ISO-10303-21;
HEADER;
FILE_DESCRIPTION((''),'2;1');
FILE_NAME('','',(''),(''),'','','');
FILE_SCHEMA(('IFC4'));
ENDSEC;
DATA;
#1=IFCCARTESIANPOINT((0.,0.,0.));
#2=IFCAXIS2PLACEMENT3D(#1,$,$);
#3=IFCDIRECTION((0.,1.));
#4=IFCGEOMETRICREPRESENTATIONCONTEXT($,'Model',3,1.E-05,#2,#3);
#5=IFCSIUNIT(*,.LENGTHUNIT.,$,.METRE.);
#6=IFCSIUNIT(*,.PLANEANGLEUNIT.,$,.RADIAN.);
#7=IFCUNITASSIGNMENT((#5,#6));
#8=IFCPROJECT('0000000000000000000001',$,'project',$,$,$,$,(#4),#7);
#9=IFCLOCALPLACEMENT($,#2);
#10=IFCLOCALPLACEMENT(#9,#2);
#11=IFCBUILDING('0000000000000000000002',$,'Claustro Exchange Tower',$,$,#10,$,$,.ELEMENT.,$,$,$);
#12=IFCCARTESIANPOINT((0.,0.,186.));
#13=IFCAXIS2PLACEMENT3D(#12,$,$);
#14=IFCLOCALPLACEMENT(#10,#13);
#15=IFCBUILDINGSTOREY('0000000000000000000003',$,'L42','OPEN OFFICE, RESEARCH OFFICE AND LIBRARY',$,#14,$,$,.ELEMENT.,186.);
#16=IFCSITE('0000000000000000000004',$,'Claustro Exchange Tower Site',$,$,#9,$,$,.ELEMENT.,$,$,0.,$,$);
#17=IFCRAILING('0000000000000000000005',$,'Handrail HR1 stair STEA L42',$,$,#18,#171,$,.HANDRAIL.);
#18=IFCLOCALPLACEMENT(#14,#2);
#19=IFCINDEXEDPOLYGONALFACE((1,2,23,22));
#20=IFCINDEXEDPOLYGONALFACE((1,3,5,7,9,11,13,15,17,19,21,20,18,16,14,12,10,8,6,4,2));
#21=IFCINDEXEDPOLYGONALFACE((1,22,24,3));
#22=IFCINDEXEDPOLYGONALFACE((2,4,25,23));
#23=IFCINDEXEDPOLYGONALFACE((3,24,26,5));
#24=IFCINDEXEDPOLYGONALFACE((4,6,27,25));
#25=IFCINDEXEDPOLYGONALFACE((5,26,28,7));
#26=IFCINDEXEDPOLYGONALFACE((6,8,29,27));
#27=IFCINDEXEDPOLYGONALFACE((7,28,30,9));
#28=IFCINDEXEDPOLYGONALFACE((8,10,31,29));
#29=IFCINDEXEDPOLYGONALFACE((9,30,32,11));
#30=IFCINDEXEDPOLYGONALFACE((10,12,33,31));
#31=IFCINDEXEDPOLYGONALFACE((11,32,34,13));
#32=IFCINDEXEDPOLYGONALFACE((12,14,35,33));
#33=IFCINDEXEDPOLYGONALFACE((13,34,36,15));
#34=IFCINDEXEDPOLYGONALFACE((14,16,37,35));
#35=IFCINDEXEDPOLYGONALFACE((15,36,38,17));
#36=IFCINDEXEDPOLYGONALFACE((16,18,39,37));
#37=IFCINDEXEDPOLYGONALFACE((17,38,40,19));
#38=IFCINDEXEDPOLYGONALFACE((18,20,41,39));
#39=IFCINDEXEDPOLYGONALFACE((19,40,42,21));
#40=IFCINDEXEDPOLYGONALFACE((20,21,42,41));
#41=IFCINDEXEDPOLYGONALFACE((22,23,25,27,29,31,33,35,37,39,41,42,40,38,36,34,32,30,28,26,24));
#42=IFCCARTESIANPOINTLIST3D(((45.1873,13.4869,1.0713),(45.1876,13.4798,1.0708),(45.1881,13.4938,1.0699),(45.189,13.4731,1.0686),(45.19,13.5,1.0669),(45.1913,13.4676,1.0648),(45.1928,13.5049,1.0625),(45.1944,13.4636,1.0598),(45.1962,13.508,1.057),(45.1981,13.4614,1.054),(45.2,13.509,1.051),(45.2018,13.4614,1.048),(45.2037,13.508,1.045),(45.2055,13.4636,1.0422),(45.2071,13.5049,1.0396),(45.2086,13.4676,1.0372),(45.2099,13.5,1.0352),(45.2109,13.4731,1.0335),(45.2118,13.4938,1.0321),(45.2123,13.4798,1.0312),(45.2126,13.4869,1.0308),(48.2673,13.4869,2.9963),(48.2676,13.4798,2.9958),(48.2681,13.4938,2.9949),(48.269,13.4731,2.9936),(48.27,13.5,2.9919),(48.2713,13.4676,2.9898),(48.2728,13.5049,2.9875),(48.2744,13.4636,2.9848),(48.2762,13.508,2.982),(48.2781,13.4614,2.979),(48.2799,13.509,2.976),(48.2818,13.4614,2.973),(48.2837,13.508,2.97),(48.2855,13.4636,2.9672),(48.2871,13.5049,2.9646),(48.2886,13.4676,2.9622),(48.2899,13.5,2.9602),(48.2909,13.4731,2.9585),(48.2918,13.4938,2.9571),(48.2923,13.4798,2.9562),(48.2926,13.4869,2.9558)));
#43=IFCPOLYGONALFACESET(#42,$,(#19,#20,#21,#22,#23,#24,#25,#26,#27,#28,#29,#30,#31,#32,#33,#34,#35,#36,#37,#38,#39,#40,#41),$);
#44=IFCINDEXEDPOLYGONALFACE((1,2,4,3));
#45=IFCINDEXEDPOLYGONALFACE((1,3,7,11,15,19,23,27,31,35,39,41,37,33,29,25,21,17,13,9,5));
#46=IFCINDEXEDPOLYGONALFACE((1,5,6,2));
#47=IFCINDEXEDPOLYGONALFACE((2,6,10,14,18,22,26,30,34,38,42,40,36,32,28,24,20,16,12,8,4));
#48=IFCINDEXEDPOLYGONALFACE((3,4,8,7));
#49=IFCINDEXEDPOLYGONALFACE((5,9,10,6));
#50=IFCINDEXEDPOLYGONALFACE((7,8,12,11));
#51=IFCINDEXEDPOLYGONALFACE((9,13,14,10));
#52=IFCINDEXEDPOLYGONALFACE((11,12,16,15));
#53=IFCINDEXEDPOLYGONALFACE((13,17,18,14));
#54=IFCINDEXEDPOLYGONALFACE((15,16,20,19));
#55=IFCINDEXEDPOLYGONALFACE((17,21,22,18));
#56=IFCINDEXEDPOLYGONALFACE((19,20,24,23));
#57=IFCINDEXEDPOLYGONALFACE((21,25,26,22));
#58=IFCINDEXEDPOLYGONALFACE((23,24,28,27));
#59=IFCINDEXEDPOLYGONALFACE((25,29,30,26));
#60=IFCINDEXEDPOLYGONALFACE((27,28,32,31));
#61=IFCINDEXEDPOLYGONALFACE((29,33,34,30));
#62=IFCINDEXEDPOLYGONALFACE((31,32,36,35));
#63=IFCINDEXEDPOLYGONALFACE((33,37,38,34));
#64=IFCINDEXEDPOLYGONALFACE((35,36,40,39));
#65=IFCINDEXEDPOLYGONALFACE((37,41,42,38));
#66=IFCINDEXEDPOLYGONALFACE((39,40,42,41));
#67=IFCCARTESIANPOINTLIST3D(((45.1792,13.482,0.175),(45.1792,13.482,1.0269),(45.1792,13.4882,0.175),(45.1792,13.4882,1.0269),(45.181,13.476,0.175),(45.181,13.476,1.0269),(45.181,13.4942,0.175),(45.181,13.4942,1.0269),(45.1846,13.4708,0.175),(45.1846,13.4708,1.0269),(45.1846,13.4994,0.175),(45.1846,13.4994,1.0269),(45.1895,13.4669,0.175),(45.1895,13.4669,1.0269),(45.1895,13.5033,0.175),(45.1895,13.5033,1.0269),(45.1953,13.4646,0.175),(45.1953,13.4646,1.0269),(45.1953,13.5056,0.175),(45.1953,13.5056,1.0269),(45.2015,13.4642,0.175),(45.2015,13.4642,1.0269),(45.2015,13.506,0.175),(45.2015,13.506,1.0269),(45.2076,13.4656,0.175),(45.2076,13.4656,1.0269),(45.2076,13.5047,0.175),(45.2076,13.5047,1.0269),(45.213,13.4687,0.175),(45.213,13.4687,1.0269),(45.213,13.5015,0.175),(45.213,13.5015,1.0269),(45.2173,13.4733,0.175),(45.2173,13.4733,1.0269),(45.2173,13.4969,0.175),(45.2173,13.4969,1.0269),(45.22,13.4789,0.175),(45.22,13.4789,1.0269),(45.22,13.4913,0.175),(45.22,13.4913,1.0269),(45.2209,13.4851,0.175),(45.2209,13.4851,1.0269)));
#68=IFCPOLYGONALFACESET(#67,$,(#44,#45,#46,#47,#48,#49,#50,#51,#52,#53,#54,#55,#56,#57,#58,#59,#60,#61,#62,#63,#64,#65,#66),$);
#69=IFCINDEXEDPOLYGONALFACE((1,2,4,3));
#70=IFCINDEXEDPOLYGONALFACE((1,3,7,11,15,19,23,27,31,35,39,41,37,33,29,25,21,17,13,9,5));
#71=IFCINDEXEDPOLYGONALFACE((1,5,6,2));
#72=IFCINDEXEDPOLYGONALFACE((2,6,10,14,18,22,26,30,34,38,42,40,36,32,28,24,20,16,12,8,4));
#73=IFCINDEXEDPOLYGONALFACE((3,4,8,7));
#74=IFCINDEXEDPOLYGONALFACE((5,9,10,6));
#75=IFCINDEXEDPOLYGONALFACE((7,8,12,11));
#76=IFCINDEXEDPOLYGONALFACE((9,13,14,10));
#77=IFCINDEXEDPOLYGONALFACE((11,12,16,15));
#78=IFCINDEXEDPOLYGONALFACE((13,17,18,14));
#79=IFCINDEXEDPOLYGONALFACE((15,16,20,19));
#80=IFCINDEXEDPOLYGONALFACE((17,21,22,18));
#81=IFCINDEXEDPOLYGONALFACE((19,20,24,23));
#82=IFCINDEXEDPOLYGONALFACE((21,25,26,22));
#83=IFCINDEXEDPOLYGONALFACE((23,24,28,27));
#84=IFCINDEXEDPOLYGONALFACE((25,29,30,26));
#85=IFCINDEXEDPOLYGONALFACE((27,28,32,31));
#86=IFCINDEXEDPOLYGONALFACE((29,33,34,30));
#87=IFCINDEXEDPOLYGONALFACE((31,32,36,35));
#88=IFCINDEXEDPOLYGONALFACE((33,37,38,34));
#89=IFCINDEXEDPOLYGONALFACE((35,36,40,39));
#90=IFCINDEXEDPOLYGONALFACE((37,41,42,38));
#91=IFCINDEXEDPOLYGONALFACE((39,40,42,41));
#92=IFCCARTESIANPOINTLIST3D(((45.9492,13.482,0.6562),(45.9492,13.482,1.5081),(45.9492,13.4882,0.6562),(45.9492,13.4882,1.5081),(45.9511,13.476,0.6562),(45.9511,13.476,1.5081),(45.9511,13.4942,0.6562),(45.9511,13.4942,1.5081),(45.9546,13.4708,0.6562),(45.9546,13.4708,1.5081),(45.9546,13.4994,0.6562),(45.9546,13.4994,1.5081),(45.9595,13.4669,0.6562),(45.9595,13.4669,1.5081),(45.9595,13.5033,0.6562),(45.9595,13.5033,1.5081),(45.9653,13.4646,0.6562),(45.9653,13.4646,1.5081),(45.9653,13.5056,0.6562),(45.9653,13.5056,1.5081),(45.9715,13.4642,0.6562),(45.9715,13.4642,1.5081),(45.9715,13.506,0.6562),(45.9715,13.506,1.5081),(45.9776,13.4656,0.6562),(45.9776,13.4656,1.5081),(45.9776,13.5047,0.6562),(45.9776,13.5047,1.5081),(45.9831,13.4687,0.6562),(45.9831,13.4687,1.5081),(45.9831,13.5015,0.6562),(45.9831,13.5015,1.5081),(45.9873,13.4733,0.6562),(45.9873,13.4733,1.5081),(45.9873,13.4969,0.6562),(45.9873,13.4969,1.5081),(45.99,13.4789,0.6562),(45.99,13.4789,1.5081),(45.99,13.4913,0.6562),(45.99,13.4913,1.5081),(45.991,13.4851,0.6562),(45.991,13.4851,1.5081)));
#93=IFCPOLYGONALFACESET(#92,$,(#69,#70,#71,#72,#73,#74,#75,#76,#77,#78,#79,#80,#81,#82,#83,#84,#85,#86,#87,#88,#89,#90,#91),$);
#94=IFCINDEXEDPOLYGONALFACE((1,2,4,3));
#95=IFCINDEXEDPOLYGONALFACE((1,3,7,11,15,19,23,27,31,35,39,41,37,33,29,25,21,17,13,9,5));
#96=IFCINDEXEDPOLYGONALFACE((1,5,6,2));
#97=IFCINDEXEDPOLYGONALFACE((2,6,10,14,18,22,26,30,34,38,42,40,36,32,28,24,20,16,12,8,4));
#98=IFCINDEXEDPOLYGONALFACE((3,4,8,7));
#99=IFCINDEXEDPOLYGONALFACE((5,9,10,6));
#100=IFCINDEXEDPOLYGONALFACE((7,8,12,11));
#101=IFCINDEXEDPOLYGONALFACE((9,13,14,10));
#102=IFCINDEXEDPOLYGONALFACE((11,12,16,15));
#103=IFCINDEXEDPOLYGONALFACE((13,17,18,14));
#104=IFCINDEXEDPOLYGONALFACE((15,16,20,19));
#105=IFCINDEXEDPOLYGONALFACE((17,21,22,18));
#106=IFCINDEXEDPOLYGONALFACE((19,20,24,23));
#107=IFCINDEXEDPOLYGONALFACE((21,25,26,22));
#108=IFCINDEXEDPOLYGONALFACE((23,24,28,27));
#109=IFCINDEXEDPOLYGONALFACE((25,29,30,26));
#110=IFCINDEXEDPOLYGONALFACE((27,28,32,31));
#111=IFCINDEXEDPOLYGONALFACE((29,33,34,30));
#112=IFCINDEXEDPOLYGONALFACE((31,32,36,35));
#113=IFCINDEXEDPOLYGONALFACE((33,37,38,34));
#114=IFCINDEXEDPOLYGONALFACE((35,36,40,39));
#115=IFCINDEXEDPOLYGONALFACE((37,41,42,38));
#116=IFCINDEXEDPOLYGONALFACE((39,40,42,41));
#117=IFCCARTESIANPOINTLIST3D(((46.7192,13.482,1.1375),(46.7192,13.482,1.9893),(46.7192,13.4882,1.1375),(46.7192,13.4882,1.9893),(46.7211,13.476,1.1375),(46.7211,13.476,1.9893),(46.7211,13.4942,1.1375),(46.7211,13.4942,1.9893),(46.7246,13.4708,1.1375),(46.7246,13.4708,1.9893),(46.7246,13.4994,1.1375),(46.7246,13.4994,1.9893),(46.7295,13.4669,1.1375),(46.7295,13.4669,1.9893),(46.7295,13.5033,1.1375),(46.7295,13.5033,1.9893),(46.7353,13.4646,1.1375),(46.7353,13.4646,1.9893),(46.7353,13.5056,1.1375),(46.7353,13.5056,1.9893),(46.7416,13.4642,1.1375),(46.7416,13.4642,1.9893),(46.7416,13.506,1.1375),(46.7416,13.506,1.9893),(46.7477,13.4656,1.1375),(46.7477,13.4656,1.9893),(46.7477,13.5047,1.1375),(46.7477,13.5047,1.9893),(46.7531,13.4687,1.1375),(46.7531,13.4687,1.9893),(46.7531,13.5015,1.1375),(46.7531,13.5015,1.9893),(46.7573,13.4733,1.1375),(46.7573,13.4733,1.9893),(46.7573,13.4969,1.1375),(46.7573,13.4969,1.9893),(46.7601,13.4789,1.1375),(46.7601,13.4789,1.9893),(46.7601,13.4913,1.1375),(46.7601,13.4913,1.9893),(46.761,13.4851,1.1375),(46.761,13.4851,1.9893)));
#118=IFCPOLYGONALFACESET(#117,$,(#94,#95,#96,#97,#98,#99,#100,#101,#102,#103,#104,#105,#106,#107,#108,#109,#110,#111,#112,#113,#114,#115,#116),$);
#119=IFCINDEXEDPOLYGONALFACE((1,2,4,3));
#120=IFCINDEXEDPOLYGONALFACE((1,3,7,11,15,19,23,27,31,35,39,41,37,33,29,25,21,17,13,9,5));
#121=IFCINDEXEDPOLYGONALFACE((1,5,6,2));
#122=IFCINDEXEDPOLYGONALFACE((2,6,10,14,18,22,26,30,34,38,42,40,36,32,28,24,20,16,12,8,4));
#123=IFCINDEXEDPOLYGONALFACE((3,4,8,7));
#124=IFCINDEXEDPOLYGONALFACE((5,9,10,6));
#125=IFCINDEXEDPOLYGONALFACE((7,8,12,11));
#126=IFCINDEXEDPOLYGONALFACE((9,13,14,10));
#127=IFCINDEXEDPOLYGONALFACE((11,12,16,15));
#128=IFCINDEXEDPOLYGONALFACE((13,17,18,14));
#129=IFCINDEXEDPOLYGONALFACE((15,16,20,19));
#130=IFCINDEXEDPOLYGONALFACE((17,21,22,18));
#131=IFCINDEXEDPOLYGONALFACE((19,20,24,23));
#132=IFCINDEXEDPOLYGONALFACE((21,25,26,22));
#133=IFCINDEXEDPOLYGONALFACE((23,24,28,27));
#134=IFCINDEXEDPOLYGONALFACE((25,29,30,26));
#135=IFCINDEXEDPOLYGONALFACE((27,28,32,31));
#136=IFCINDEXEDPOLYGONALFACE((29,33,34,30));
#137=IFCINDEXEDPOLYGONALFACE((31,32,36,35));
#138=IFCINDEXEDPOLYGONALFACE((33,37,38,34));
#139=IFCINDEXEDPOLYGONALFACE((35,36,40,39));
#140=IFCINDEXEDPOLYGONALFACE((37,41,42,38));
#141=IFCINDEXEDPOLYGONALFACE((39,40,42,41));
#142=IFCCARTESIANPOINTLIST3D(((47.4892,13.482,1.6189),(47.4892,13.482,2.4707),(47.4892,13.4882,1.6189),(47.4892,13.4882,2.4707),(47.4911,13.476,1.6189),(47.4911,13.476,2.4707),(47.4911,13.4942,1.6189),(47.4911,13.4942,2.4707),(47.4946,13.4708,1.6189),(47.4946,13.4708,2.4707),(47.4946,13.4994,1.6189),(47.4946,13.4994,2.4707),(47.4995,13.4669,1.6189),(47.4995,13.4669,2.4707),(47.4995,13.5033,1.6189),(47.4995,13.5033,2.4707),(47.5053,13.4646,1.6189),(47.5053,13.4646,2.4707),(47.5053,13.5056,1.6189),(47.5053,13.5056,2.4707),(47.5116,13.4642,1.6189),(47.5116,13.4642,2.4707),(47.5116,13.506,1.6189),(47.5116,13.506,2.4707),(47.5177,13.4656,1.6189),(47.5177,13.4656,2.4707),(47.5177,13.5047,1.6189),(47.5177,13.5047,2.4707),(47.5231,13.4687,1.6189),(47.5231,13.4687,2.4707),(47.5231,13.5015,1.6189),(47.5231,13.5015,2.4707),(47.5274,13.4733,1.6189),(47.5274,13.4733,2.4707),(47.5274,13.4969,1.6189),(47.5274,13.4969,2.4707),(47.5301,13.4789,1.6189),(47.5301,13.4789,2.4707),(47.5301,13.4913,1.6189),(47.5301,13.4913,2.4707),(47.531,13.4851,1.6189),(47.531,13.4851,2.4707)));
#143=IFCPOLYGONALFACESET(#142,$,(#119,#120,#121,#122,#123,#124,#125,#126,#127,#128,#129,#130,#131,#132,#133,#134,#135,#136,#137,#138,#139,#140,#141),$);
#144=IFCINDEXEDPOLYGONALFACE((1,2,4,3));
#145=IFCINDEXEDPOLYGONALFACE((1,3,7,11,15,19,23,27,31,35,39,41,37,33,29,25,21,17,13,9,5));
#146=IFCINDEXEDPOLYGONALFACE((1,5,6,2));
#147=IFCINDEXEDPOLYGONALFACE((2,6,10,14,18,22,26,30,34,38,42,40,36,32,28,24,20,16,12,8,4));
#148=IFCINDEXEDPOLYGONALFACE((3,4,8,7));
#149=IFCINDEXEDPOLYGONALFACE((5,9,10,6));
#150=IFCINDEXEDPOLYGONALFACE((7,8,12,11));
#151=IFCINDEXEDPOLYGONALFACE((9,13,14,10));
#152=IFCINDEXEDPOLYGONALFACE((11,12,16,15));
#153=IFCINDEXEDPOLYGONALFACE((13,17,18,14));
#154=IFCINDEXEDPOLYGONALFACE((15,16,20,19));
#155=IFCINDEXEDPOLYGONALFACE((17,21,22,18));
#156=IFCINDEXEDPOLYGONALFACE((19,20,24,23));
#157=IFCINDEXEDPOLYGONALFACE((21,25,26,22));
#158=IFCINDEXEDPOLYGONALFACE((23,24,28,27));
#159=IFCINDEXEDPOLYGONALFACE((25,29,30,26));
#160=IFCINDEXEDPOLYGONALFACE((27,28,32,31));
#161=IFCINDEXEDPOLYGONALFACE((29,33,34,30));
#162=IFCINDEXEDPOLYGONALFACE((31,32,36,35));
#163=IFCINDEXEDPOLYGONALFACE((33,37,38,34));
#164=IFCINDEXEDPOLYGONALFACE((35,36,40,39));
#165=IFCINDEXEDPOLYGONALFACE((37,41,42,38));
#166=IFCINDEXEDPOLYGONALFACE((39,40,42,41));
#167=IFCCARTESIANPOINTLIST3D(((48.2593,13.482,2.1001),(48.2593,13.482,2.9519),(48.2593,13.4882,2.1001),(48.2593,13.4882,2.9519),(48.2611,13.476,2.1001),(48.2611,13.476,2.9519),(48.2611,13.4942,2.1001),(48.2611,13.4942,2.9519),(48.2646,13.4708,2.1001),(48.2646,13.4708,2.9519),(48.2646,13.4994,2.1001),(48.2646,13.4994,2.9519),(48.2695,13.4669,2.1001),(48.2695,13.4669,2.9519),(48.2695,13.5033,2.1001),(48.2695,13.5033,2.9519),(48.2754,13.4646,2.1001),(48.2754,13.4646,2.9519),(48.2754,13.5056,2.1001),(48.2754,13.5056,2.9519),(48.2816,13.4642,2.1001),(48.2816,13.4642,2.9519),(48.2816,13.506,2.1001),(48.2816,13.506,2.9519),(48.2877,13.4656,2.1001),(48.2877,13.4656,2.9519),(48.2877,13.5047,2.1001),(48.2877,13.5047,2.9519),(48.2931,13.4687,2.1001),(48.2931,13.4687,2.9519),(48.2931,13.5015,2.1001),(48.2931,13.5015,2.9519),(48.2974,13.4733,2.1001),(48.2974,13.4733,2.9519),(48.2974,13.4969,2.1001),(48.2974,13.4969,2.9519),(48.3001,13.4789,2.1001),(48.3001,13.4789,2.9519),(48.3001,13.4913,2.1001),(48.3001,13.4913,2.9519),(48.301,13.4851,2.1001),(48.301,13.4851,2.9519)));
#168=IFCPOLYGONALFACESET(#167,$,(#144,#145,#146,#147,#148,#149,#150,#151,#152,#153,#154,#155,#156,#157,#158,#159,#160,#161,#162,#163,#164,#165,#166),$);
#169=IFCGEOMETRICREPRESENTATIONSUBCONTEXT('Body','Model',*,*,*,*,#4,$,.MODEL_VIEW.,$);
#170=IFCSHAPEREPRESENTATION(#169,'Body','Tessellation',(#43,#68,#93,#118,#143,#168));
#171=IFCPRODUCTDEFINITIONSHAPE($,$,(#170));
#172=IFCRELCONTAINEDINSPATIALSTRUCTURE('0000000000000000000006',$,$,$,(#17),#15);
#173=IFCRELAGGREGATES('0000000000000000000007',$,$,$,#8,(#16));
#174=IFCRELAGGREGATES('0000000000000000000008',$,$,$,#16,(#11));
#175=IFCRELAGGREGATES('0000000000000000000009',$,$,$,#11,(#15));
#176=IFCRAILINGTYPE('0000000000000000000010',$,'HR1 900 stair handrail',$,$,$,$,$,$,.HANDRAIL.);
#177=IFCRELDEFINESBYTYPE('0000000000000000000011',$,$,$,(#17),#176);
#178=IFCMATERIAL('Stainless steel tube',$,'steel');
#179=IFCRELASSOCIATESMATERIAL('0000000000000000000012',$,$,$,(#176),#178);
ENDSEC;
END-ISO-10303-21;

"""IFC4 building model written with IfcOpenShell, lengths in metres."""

from ifc_helpers import new_model, si_unit, direction, frame, origin, origin_2d, place, context, subcontext, project, spatial, circle, extrude, material, type_object, element, save


model = new_model("IFC4")

# Units and contexts
model_context = context("Model", 3, precision=1e-05, world=origin(), true_north=direction((0.0, 1.0)))
body_context = subcontext(model_context, "Body", "Model", "MODEL_VIEW")
ifc_project = project(units=[si_unit("LENGTHUNIT", "METRE"), si_unit("PLANEANGLEUNIT", "RADIAN")], contexts=[model_context])

# Site, building, storey
site_placement = place(None, origin())
site = spatial("IfcSite", under=ifc_project, at=site_placement, Name="Claustro Exchange Tower Site", CompositionType="ELEMENT", RefElevation=0.0)
building_placement = place(site_placement, origin())
building = spatial("IfcBuilding", under=site, at=building_placement, Name="Claustro Exchange Tower", CompositionType="ELEMENT")
storey_placement = place(building_placement, frame((0.0, 0.0, 186.0)))
storey = spatial("IfcBuildingStorey", under=building, at=storey_placement, Name="L42", Description="OPEN OFFICE, RESEARCH OFFICE AND LIBRARY", CompositionType="ELEMENT", Elevation=186.0)

# Railing
ifc_material_1 = material(Name="Stainless steel tube", Category="steel")
railing_type_1 = type_object("IfcRailingType", Name="HR1 900 stair handrail", PredefinedType="HANDRAIL", material=ifc_material_1)
railing_1_placement = place(storey_placement, frame((45.2, 13.4851, 0.175)))
element("IfcRailing", 1, at=railing_1_placement, inside=storey, type_object=railing_type_1, Name="Handrail HR1 stair STEA L42", PredefinedType="HANDRAIL", context=body_context, shape_type="SweptSolid", body=[
    extrude(circle(Radius=0.0239, at=origin_2d()), frame((0.0, 0.0, 0.876), z_axis=(0.847998, 0.0, 0.529999), x_axis=(0.0, 1.0, 0.0)), (0.0, 0.0, 1.0), 3.6321),
    extrude(circle(Radius=0.021, at=origin_2d()), origin(), (0.0, 0.0, 1.0), 0.8518),
    extrude(circle(Radius=0.021, at=origin_2d()), frame((0.77, 0.0, 0.4812)), (0.0, 0.0, 1.0), 0.8518),
    extrude(circle(Radius=0.021, at=origin_2d()), frame((1.54, 0.0, 0.9624)), (0.0, 0.0, 1.0), 0.8518),
    extrude(circle(Radius=0.021, at=origin_2d()), frame((2.3101, 0.0, 1.4438)), (0.0, 0.0, 1.0), 0.8518),
    extrude(circle(Radius=0.021, at=origin_2d()), frame((3.0801, 0.0, 1.925)), (0.0, 0.0, 1.0), 0.8518),
])

save(model, "model.ifc")
